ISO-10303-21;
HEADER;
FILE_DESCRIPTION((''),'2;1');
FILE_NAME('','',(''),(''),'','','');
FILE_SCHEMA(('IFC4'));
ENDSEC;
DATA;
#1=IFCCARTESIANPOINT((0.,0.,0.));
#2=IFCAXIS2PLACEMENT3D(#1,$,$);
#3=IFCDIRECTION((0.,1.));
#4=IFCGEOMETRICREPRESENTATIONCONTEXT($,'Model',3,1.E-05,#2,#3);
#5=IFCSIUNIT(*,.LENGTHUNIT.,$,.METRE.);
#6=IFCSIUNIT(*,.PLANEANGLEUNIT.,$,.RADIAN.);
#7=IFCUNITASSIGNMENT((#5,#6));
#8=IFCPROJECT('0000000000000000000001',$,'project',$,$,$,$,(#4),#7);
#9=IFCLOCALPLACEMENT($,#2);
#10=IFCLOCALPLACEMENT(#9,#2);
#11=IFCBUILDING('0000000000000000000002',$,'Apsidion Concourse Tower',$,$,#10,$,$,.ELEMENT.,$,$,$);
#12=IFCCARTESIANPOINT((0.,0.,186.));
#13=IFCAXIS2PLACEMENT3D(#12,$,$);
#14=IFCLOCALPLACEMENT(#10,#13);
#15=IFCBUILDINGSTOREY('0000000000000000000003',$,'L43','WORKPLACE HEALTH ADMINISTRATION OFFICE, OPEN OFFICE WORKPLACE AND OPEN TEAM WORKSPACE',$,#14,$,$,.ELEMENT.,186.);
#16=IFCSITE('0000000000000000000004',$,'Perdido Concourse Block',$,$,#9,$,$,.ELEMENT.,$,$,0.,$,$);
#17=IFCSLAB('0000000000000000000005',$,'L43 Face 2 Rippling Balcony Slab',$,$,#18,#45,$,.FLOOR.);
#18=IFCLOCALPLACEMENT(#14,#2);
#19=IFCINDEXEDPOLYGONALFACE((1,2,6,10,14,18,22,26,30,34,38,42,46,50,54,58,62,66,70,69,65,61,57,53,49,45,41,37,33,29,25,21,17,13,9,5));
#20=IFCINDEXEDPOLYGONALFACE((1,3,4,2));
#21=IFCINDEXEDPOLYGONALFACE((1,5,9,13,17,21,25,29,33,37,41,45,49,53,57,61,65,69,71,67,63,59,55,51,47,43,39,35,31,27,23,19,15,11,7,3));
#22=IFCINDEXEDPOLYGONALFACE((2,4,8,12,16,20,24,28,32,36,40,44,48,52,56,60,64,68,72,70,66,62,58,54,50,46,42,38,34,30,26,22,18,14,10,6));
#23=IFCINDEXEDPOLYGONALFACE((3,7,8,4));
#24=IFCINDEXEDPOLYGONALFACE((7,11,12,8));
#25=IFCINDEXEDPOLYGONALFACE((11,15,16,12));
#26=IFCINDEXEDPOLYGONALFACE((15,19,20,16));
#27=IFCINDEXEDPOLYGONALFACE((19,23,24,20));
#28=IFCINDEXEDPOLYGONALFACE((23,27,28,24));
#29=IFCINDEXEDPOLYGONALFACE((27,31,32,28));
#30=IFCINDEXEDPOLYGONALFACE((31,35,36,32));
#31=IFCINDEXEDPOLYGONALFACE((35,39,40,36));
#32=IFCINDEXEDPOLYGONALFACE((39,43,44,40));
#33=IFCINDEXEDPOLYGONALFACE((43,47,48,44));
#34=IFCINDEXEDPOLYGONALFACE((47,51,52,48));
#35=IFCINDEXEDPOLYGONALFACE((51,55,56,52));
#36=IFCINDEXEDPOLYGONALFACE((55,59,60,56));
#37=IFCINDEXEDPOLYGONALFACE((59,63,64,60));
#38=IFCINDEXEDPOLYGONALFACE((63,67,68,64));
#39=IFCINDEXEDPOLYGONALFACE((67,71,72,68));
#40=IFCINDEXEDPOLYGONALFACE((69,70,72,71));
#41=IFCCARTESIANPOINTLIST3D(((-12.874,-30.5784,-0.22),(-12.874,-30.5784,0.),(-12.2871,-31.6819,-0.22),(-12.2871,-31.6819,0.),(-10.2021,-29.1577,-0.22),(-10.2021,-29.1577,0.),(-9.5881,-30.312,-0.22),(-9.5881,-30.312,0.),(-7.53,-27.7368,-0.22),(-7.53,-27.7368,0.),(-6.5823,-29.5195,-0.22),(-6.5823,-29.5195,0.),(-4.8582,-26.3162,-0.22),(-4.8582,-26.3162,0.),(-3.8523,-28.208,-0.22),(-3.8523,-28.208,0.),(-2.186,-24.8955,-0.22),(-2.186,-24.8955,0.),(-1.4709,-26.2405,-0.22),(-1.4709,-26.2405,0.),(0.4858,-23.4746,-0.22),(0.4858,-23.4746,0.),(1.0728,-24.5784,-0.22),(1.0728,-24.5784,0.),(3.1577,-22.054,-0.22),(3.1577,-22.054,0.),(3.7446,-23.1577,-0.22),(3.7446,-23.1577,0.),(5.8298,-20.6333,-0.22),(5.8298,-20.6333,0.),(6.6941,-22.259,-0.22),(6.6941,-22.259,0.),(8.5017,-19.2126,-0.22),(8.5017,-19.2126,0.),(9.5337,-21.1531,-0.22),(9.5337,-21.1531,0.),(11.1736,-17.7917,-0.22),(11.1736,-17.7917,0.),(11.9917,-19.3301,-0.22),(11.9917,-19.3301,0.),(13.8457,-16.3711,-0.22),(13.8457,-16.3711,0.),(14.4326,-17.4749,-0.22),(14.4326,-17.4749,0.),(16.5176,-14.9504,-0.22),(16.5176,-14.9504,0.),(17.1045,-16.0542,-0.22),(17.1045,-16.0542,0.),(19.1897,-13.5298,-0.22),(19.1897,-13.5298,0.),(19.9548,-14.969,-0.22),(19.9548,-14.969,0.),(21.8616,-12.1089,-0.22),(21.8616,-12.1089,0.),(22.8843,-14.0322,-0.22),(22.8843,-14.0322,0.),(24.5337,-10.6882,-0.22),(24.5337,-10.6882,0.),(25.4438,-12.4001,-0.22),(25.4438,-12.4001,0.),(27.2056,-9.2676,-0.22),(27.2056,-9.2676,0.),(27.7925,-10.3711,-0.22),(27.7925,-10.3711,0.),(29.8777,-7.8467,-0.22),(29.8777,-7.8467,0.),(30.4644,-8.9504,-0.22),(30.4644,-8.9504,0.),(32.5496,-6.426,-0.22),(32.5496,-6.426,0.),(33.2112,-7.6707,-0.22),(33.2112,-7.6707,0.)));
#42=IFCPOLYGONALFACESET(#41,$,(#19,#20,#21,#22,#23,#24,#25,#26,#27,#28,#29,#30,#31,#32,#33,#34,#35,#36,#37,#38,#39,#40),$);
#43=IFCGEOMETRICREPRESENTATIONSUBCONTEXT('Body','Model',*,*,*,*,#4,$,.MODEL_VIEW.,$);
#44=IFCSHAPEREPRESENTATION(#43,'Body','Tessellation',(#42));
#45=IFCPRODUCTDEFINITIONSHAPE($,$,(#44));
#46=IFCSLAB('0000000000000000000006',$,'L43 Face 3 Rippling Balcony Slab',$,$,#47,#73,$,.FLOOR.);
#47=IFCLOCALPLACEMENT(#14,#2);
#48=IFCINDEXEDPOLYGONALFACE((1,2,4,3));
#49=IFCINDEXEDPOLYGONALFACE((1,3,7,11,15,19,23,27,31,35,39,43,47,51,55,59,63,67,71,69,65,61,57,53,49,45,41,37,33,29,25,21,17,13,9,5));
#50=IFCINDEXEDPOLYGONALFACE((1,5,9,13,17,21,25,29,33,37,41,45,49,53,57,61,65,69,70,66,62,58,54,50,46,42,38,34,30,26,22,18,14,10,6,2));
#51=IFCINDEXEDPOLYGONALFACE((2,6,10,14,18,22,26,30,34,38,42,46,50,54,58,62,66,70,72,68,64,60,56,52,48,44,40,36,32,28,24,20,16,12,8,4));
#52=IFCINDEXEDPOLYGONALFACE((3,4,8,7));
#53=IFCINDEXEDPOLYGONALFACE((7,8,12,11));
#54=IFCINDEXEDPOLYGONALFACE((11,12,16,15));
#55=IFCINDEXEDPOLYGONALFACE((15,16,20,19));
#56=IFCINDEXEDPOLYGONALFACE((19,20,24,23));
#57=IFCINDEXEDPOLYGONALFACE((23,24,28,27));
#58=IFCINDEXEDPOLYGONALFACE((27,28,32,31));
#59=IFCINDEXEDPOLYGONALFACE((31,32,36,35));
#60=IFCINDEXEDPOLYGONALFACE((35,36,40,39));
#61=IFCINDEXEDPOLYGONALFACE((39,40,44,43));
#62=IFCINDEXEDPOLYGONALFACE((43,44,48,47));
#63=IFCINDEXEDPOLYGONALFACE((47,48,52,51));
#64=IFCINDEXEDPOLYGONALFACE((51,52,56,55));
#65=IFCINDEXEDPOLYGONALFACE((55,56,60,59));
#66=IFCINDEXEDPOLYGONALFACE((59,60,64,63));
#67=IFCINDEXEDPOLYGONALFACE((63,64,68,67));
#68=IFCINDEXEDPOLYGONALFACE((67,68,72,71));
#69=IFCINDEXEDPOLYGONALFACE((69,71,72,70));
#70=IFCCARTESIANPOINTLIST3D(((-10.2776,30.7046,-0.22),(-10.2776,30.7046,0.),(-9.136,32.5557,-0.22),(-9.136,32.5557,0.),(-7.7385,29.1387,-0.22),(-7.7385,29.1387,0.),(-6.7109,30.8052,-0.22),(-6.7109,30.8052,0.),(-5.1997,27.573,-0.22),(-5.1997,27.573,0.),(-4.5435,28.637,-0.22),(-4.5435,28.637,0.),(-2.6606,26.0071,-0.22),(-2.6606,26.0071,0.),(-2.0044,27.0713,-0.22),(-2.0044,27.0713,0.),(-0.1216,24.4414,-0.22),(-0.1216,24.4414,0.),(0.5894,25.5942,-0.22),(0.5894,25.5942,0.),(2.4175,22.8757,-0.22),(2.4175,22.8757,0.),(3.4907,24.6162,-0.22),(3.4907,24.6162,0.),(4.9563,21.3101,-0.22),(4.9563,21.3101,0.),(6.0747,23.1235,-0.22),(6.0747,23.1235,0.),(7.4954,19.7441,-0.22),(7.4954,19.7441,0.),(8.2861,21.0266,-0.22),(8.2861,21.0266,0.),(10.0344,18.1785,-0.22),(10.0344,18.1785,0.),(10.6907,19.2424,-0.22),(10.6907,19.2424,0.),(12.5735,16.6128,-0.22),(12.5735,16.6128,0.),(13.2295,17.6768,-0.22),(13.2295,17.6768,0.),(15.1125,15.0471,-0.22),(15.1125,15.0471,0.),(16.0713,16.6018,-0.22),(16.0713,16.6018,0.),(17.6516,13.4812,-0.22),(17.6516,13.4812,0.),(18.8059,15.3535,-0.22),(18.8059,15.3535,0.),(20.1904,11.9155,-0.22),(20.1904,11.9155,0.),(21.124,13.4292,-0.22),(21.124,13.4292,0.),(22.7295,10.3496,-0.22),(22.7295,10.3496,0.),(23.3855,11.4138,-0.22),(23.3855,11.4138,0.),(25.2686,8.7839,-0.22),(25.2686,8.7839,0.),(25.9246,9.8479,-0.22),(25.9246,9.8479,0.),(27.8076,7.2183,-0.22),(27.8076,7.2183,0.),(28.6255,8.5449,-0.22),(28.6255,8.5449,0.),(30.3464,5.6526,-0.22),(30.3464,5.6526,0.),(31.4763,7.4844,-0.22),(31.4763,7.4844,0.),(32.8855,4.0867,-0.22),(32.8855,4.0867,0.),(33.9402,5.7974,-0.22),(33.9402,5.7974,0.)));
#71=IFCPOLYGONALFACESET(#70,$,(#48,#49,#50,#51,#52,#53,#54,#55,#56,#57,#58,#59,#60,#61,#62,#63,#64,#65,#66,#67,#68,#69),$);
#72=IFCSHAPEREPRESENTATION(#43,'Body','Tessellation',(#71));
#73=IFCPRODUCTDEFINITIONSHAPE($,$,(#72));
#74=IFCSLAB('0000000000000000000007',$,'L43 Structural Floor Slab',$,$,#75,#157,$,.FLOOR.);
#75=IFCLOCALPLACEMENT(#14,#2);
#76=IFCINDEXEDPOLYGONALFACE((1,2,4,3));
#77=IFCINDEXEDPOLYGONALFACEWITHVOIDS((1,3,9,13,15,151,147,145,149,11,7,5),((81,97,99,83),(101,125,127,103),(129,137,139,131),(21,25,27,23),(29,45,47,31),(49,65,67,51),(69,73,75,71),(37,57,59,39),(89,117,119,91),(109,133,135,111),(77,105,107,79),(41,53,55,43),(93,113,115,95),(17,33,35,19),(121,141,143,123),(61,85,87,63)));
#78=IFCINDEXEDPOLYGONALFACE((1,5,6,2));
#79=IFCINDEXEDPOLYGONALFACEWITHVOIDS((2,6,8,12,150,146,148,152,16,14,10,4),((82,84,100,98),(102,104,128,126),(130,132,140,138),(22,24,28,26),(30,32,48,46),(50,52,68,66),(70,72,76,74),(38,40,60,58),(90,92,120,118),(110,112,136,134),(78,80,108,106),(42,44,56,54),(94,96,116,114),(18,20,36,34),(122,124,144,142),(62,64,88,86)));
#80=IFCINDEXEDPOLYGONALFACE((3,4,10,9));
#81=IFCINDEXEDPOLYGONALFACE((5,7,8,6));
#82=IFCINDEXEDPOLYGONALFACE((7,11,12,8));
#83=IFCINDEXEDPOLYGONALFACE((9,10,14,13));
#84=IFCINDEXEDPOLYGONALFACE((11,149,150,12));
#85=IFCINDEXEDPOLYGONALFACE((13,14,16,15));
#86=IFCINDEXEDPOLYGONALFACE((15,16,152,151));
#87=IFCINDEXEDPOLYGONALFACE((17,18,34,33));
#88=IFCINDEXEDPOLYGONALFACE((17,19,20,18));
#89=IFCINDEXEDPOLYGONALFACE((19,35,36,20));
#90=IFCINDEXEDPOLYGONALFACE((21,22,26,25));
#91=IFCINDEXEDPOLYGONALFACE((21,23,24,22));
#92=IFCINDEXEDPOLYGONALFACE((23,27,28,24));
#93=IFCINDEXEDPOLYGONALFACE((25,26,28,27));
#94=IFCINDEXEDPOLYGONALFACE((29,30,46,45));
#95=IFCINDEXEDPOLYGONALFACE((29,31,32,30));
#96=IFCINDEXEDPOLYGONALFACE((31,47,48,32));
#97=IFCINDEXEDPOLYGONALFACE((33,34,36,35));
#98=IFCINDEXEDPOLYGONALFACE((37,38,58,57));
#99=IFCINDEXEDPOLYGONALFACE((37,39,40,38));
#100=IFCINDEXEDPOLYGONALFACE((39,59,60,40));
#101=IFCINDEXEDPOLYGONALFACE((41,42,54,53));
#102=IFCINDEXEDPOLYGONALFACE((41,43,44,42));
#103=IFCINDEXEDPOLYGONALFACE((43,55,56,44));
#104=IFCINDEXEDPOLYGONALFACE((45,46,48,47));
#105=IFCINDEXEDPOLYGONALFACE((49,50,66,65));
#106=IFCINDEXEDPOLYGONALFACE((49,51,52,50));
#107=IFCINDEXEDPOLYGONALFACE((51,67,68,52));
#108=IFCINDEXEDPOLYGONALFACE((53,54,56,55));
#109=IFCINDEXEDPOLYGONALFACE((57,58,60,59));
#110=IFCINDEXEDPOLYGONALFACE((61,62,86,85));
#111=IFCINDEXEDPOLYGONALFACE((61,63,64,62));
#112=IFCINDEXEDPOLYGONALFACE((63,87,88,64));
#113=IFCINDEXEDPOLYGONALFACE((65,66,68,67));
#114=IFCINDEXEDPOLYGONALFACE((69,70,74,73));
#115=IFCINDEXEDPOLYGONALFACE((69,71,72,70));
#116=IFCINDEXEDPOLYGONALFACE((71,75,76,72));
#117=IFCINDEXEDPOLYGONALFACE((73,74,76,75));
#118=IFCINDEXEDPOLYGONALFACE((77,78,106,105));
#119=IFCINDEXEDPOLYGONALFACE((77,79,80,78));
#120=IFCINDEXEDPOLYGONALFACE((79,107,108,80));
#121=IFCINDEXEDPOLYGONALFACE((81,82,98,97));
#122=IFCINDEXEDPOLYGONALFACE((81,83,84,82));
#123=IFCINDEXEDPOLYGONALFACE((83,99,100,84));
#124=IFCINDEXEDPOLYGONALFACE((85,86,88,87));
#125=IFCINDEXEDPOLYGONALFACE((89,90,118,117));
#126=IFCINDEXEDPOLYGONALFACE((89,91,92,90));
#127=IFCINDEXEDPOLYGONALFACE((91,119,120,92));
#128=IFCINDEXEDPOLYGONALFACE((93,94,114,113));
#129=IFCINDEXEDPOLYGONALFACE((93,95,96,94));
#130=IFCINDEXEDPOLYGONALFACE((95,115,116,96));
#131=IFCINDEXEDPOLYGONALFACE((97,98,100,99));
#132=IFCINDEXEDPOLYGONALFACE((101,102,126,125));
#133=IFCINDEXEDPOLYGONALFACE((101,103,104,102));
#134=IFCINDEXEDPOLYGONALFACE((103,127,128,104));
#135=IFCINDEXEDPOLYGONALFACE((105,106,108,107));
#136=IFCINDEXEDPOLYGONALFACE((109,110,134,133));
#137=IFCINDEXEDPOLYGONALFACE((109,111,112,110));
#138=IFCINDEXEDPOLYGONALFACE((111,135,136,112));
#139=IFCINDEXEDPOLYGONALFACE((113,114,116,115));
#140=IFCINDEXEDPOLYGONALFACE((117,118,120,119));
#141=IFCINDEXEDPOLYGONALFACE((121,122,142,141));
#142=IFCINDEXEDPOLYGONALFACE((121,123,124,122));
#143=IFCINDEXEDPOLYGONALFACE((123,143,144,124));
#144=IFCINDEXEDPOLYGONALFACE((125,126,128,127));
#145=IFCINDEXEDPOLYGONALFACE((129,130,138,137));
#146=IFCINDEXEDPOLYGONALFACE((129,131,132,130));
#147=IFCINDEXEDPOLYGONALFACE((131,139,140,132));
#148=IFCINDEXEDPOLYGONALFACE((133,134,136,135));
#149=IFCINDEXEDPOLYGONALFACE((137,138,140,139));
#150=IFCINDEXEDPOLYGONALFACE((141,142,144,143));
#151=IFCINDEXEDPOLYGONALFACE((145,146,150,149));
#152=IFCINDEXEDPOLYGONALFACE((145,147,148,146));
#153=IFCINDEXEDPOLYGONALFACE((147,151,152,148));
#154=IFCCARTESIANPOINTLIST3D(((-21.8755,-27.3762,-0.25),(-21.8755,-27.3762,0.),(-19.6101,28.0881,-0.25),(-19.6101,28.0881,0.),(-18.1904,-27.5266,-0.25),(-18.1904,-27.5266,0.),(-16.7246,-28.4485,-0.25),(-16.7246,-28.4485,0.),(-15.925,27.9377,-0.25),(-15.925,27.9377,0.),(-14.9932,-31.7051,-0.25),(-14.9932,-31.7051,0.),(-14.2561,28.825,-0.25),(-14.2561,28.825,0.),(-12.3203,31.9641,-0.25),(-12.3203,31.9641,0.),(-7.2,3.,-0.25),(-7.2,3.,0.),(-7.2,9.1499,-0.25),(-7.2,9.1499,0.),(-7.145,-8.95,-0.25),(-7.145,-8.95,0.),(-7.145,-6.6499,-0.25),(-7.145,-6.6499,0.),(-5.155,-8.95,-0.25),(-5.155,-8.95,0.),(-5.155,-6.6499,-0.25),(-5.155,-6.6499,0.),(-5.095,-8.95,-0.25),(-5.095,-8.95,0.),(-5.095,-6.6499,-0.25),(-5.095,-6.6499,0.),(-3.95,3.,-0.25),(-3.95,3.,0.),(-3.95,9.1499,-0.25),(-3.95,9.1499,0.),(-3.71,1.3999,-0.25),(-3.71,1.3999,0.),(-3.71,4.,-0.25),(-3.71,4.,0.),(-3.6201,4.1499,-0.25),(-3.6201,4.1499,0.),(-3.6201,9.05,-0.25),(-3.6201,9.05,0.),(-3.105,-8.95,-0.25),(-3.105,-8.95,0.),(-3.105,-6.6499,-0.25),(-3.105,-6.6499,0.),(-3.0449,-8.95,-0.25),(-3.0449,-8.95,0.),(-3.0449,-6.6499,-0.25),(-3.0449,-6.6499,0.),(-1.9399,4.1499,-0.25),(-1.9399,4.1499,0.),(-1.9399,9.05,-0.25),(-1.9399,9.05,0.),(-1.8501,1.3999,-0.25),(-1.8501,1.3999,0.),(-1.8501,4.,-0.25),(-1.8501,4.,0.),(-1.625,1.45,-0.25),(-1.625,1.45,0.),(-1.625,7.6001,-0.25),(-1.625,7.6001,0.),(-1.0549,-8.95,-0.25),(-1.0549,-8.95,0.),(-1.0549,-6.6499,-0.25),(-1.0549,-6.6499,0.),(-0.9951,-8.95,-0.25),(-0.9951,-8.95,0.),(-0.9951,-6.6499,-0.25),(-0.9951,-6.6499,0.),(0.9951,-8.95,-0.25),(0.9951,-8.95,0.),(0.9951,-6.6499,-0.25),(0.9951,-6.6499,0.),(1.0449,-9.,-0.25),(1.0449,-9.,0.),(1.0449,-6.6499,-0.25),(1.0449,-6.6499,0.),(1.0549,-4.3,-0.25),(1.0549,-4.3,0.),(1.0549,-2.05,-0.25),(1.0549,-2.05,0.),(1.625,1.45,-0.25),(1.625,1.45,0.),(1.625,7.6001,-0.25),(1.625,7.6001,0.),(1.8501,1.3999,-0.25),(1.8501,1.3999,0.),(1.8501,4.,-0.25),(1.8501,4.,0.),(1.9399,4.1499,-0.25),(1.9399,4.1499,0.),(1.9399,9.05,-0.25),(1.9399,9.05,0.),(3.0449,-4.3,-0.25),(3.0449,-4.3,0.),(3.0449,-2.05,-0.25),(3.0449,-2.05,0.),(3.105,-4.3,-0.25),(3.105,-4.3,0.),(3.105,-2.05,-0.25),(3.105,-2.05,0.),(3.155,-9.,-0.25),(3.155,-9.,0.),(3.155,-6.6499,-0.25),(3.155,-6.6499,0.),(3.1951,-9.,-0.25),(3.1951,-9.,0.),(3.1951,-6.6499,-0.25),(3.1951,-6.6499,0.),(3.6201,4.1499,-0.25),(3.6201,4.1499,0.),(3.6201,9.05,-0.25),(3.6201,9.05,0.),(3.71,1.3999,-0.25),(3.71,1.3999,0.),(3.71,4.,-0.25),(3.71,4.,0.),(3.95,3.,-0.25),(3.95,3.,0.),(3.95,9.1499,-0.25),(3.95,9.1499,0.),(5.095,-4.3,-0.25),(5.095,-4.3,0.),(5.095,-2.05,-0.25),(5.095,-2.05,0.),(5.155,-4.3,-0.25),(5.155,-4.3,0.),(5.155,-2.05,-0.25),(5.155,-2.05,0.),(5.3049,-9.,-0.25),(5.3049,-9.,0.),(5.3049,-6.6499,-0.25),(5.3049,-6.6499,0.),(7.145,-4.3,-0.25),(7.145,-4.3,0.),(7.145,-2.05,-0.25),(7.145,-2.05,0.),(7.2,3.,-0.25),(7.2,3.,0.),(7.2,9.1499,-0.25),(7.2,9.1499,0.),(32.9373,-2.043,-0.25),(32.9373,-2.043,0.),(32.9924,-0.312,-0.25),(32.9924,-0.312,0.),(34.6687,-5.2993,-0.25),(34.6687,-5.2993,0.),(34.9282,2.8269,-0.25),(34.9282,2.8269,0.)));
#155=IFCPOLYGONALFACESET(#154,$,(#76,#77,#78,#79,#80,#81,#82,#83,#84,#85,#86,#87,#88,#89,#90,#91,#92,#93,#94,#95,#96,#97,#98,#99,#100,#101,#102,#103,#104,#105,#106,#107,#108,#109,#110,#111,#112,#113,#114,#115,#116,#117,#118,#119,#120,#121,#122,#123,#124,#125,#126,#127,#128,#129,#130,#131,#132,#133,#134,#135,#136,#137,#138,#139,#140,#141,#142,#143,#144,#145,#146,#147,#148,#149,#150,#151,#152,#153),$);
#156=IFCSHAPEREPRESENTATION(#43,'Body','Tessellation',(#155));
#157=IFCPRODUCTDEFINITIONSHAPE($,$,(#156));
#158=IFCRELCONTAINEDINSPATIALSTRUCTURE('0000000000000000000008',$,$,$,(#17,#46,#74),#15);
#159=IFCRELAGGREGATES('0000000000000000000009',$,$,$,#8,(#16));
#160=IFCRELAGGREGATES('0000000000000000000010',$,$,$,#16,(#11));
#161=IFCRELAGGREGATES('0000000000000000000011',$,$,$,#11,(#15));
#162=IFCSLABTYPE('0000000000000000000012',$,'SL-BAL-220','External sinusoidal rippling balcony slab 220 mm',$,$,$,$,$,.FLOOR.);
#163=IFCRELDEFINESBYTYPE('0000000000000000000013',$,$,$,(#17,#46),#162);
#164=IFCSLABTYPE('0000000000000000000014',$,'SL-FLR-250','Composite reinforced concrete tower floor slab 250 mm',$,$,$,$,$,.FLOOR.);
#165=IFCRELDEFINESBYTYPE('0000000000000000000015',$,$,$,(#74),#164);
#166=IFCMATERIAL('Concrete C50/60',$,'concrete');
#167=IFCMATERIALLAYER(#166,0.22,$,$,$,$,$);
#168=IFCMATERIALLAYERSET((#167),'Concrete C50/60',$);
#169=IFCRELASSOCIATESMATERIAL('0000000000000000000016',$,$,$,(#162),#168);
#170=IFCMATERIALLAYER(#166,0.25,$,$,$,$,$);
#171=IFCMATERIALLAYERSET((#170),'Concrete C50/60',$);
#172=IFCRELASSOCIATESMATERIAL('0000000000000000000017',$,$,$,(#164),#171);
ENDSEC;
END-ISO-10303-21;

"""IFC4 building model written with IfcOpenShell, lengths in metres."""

from ifc_helpers import new_model, si_unit, direction, frame, origin, place, context, subcontext, project, spatial, polyline, outline, extrude, material, layer, layer_set, type_object, element, save


model = new_model("IFC4")

# Units and contexts
model_context = context("Model", 3, precision=1e-05, world=origin(), true_north=direction((0.0, 1.0)))
body_context = subcontext(model_context, "Body", "Model", "MODEL_VIEW")
ifc_project = project(units=[si_unit("LENGTHUNIT", "METRE"), si_unit("PLANEANGLEUNIT", "RADIAN")], contexts=[model_context])

# Site, building, storey
site_placement = place(None, origin())
site = spatial("IfcSite", under=ifc_project, at=site_placement, Name="Perdido Concourse Block", CompositionType="ELEMENT", RefElevation=0.0)
building_placement = place(site_placement, origin())
building = spatial("IfcBuilding", under=site, at=building_placement, Name="Apsidion Concourse Tower", CompositionType="ELEMENT")
storey_placement = place(building_placement, frame((0.0, 0.0, 186.0)))
storey = spatial("IfcBuildingStorey", under=building, at=storey_placement, Name="L43", Description="WORKPLACE HEALTH ADMINISTRATION OFFICE, OPEN OFFICE WORKPLACE AND OPEN TEAM WORKSPACE", CompositionType="ELEMENT", Elevation=186.0)

# Shared definitions
ifc_material_1 = material(Name="Concrete C50/60", Category="concrete")

# Slabs
ifc_layer_1 = layer(ifc_material_1, 0.22)
ifc_layer_set_1 = layer_set([ifc_layer_1], Name="Concrete C50/60")
slab_type_1 = type_object("IfcSlabType", Name="SL-BAL-220", Description="External sinusoidal rippling balcony slab 220 mm", PredefinedType="FLOOR", material=ifc_layer_set_1)
slab_1_placement = place(storey_placement, frame((0.0, 0.0, -0.22)))
element("IfcSlab", 1, at=slab_1_placement, inside=storey, type_object=slab_type_1, Name="L43 Face 2 Rippling Balcony Slab", PredefinedType="FLOOR", context=body_context, shape_type="SweptSolid", body=[
    extrude(outline(polyline([(-12.874, -30.5784), (-10.2021, -29.1577), (-7.53, -27.7368), (-4.8582, -26.3162), (-2.186, -24.8955), (0.4858, -23.4746), (3.1577, -22.054), (5.8298, -20.6333), (8.5017, -19.2126), (11.1736, -17.7917), (13.8457, -16.3711), (16.5176, -14.9504), (19.1897, -13.5298), (21.8616, -12.1089), (24.5337, -10.6882), (27.2056, -9.2676), (29.8777, -7.8467), (32.5496, -6.426), (33.2112, -7.6707), (30.4644, -8.9504), (27.7925, -10.3711), (25.4438, -12.4001), (22.8843, -14.0322), (19.9548, -14.969), (17.1045, -16.0542), (14.4326, -17.4749), (11.9917, -19.3301), (9.5337, -21.1531), (6.6941, -22.259), (3.7446, -23.1577), (1.0728, -24.5784), (-1.4709, -26.2405), (-3.8523, -28.208), (-6.5823, -29.5195), (-9.5881, -30.312), (-12.2871, -31.6819), (-12.874, -30.5784)])), origin(), (0.0, 0.0, 1.0), 0.22),
])
slab_2_placement = place(storey_placement, frame((0.0, 0.0, -0.22)))
element("IfcSlab", 2, at=slab_2_placement, inside=storey, type_object=slab_type_1, Name="L43 Face 3 Rippling Balcony Slab", PredefinedType="FLOOR", context=body_context, shape_type="SweptSolid", body=[
    extrude(outline(polyline([(32.8855, 4.0867), (30.3464, 5.6526), (27.8076, 7.2183), (25.2686, 8.7839), (22.7295, 10.3496), (20.1904, 11.9155), (17.6516, 13.4812), (15.1125, 15.0471), (12.5735, 16.6128), (10.0344, 18.1785), (7.4954, 19.7441), (4.9563, 21.3101), (2.4175, 22.8757), (-0.1216, 24.4414), (-2.6606, 26.0071), (-5.1997, 27.573), (-7.7385, 29.1387), (-10.2776, 30.7046), (-9.136, 32.5557), (-6.7109, 30.8052), (-4.5435, 28.637), (-2.0044, 27.0713), (0.5894, 25.5942), (3.4907, 24.6162), (6.0747, 23.1235), (8.2861, 21.0266), (10.6907, 19.2424), (13.2295, 17.6768), (16.0713, 16.6018), (18.8059, 15.3535), (21.124, 13.4292), (23.3855, 11.4138), (25.9246, 9.8479), (28.6255, 8.5449), (31.4763, 7.4844), (33.9402, 5.7974), (32.8855, 4.0867)])), origin(), (0.0, 0.0, 1.0), 0.22),
])
ifc_layer_2 = layer(ifc_material_1, 0.25)
ifc_layer_set_2 = layer_set([ifc_layer_2], Name="Concrete C50/60")
slab_type_2 = type_object("IfcSlabType", Name="SL-FLR-250", Description="Composite reinforced concrete tower floor slab 250 mm", PredefinedType="FLOOR", material=ifc_layer_set_2)
slab_3_placement = place(storey_placement, frame((0.0, 0.0, -0.25)))
element("IfcSlab", 3, at=slab_3_placement, inside=storey, type_object=slab_type_2, Name="L43 Structural Floor Slab", PredefinedType="FLOOR", context=body_context, shape_type="SweptSolid", body=[
    extrude(outline(polyline([(-12.3203, 31.9641), (-14.2561, 28.825), (-15.925, 27.9377), (-19.6101, 28.0881), (-21.8755, -27.3762), (-18.1904, -27.5266), (-16.7246, -28.4485), (-14.9932, -31.7051), (34.6687, -5.2993), (32.9373, -2.043), (32.9924, -0.312), (34.9282, 2.8269), (-12.3203, 31.9641)]), holes=[polyline([(-3.95, 3.0), (-3.95, 9.1499), (-7.2, 9.1499), (-7.2, 3.0), (-3.95, 3.0)]), polyline([(7.2, 3.0), (7.2, 9.1499), (3.95, 9.1499), (3.95, 3.0), (7.2, 3.0)]), polyline([(-1.625, 7.6001), (-1.625, 1.45), (1.625, 1.45), (1.625, 7.6001), (-1.625, 7.6001)]), polyline([(1.0549, -4.3), (3.0449, -4.3), (3.0449, -2.05), (1.0549, -2.05), (1.0549, -4.3)]), polyline([(3.105, -4.3), (5.095, -4.3), (5.095, -2.05), (3.105, -2.05), (3.105, -4.3)]), polyline([(5.155, -4.3), (7.145, -4.3), (7.145, -2.05), (5.155, -2.05), (5.155, -4.3)]), polyline([(-7.145, -8.95), (-5.155, -8.95), (-5.155, -6.6499), (-7.145, -6.6499), (-7.145, -8.95)]), polyline([(-5.095, -8.95), (-3.105, -8.95), (-3.105, -6.6499), (-5.095, -6.6499), (-5.095, -8.95)]), polyline([(-3.0449, -8.95), (-1.0549, -8.95), (-1.0549, -6.6499), (-3.0449, -6.6499), (-3.0449, -8.95)]), polyline([(-0.9951, -8.95), (0.9951, -8.95), (0.9951, -6.6499), (-0.9951, -6.6499), (-0.9951, -8.95)]), polyline([(1.0449, -9.0), (3.155, -9.0), (3.155, -6.6499), (1.0449, -6.6499), (1.0449, -9.0)]), polyline([(3.1951, -9.0), (5.3049, -9.0), (5.3049, -6.6499), (3.1951, -6.6499), (3.1951, -9.0)]), polyline([(-3.71, 1.3999), (-1.8501, 1.3999), (-1.8501, 4.0), (-3.71, 4.0), (-3.71, 1.3999)]), polyline([(1.8501, 1.3999), (3.71, 1.3999), (3.71, 4.0), (1.8501, 4.0), (1.8501, 1.3999)]), polyline([(-3.6201, 4.1499), (-1.9399, 4.1499), (-1.9399, 9.05), (-3.6201, 9.05), (-3.6201, 4.1499)]), polyline([(1.9399, 4.1499), (3.6201, 4.1499), (3.6201, 9.05), (1.9399, 9.05), (1.9399, 4.1499)])]), origin(), (0.0, 0.0, 1.0), 0.25),
])

save(model, "model.ifc")
